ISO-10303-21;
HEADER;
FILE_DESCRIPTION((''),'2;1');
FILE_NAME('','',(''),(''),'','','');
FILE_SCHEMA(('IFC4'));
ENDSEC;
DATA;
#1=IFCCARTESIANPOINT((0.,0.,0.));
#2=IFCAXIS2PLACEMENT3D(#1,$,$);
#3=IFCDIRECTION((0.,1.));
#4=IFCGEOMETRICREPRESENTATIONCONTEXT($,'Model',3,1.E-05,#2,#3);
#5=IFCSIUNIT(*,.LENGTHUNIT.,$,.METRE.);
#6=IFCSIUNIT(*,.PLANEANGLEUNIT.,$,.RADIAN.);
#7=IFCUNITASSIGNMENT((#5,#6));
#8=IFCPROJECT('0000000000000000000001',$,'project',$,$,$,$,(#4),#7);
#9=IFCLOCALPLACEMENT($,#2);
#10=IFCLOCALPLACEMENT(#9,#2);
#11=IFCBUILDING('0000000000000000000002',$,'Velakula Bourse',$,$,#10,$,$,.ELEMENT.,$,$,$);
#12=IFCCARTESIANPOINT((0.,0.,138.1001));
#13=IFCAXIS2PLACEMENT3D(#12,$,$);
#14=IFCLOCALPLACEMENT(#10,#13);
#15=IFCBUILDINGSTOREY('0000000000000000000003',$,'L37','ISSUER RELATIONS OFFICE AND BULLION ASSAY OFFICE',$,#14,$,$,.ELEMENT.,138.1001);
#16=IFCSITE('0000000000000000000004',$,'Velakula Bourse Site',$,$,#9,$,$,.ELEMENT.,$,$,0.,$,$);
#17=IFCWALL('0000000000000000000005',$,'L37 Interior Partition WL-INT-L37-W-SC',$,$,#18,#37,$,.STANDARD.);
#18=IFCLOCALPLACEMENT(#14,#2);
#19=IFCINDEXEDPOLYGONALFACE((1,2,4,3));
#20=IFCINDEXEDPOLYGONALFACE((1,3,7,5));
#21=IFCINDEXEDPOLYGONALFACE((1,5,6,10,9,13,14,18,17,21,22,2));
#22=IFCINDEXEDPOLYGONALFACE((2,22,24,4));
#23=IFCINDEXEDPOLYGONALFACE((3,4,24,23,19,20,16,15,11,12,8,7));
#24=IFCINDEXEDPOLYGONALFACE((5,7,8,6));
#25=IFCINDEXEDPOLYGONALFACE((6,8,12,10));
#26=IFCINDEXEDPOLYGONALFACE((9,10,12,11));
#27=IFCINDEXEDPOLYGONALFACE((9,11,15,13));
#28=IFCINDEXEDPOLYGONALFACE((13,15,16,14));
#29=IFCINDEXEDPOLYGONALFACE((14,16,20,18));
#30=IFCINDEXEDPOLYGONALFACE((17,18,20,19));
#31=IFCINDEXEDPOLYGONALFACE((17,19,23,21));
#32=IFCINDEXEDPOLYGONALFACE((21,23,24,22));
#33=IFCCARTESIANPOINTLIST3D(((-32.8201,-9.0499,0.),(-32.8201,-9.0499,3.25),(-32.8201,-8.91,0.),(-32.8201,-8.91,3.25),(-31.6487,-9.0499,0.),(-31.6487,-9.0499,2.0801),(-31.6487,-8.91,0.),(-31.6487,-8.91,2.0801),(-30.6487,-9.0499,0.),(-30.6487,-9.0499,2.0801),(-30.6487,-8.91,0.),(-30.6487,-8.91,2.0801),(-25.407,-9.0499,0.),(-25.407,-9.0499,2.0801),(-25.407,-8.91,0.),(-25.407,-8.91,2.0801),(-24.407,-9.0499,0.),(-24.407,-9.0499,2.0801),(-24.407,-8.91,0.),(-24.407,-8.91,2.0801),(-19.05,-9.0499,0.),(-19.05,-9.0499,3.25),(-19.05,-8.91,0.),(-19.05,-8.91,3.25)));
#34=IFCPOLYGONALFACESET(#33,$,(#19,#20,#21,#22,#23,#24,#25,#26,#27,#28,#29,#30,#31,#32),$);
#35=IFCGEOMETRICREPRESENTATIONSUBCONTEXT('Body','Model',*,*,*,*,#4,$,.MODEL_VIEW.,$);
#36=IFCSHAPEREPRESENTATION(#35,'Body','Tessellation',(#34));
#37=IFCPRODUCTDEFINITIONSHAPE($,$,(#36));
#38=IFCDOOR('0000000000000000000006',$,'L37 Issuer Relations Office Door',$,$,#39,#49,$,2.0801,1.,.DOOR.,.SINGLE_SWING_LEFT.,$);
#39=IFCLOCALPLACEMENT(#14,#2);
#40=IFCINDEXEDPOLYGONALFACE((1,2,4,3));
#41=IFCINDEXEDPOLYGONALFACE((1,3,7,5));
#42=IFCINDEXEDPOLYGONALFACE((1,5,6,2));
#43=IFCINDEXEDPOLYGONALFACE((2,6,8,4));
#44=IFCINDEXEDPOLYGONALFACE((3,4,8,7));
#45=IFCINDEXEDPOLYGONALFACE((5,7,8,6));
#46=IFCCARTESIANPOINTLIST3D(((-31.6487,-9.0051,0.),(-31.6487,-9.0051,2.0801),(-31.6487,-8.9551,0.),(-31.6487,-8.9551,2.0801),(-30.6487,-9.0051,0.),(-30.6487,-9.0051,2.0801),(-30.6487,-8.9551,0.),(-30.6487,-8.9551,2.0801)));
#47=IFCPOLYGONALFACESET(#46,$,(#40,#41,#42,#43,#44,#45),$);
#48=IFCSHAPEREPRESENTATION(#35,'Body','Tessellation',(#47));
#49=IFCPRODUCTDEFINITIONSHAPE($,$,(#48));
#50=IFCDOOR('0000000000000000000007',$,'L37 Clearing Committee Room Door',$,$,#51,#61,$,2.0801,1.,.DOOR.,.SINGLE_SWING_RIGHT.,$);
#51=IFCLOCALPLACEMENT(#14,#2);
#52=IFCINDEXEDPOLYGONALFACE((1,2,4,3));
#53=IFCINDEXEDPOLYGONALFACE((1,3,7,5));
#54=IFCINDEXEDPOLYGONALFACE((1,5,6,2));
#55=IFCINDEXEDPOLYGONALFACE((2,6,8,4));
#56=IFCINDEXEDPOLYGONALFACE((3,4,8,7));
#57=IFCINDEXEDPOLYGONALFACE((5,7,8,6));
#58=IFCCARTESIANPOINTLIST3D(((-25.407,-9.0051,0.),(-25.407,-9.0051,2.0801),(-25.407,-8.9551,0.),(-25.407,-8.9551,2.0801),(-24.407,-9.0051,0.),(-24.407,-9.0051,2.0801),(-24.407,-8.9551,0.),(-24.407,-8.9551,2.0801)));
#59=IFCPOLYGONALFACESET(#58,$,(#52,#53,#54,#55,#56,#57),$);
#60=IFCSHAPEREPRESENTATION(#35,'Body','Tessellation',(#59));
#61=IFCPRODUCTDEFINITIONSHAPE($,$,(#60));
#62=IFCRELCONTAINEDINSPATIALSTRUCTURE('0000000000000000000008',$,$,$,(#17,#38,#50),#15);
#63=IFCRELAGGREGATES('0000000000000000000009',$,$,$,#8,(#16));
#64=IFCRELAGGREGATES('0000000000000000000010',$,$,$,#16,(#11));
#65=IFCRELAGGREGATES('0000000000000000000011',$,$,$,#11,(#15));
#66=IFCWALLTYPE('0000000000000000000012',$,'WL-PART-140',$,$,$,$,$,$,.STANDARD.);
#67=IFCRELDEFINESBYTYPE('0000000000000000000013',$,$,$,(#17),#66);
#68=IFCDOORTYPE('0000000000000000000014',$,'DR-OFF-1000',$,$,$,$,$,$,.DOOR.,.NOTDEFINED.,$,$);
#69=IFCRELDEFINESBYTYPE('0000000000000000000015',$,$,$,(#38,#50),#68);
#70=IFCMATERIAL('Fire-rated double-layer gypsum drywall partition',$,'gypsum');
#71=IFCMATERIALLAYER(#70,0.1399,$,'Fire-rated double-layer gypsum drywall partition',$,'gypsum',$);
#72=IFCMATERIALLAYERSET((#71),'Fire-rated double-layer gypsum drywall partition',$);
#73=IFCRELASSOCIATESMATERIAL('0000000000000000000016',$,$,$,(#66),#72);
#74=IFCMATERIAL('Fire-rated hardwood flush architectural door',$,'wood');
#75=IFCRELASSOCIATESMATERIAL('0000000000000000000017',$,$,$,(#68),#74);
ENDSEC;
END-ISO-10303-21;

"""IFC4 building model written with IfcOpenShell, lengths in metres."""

from ifc_helpers import new_model, si_unit, direction, frame, frame_2d, origin, place, context, subcontext, project, spatial, rectangle, extrude, material, layer, layer_set, type_object, element, fill, save


model = new_model("IFC4")

# Units and contexts
model_context = context("Model", 3, precision=1e-05, world=origin(), true_north=direction((0.0, 1.0)))
body_context = subcontext(model_context, "Body", "Model", "MODEL_VIEW")
ifc_project = project(units=[si_unit("LENGTHUNIT", "METRE"), si_unit("PLANEANGLEUNIT", "RADIAN")], contexts=[model_context])

# Site, building, storey
site_placement = place(None, origin())
site = spatial("IfcSite", under=ifc_project, at=site_placement, Name="Velakula Bourse Site", CompositionType="ELEMENT", RefElevation=0.0)
building_placement = place(site_placement, origin())
building = spatial("IfcBuilding", under=site, at=building_placement, Name="Velakula Bourse", CompositionType="ELEMENT")
storey_placement = place(building_placement, frame((0.0, 0.0, 138.1001)))
storey = spatial("IfcBuildingStorey", under=building, at=storey_placement, Name="L37", Description="ISSUER RELATIONS OFFICE AND BULLION ASSAY OFFICE", CompositionType="ELEMENT", Elevation=138.1001)

# Shared definitions
ifc_material_1 = material(Name="Fire-rated double-layer gypsum drywall partition", Category="gypsum")

# Wall, openings, doors
ifc_layer_1 = layer(ifc_material_1, 0.1399, Name="Fire-rated double-layer gypsum drywall partition", Category="gypsum")
ifc_layer_set_1 = layer_set([ifc_layer_1], Name="Fire-rated double-layer gypsum drywall partition")
wall_type_1 = type_object("IfcWallType", Name="WL-PART-140", PredefinedType="STANDARD", material=ifc_layer_set_1)
ifc_material_2 = material(Name="Fire-rated hardwood flush architectural door", Category="wood")
door_type_1 = type_object("IfcDoorType", Name="DR-OFF-1000", OperationType="NOTDEFINED", PredefinedType="DOOR", material=ifc_material_2)
wall_1_placement = place(storey_placement, frame((-32.8201, -8.98, 0.0), z_axis=(0.0, 0.0, 1.0), x_axis=(1.0, 0.0, 0.0)))
wall_1 = element("IfcWall", 1, at=wall_1_placement, inside=storey, type_object=wall_type_1, Name="L37 Interior Partition WL-INT-L37-W-SC", PredefinedType="STANDARD", context=body_context, shape_type="SweptSolid", body=[
    extrude(rectangle(XDim=13.77, YDim=0.1399, at=frame_2d((6.885, 0.0))), origin(), (0.0, 0.0, 1.0), 3.25),
])
opening_1_placement = place(wall_1_placement, frame((1.1714, 0.0, 0.0)))
opening_1 = element("IfcOpeningElement", 2, at=opening_1_placement, cuts=wall_1, PredefinedType="OPENING", context=body_context, shape_type="SweptSolid", body=[
    extrude(rectangle(XDim=1.0, YDim=2.0801, at=frame_2d((0.5, 1.04))), frame((0.0, 0.0798, 0.0), z_axis=(0.0, -1.0, 0.0), x_axis=(1.0, 0.0, 0.0)), (0.0, 0.0, 1.0), 0.1599),
])
opening_2_placement = place(wall_1_placement, frame((7.4131, 0.0, 0.0)))
opening_2 = element("IfcOpeningElement", 3, at=opening_2_placement, cuts=wall_1, PredefinedType="OPENING", context=body_context, shape_type="SweptSolid", body=[
    extrude(rectangle(XDim=1.0, YDim=2.0801, at=frame_2d((0.5, 1.04))), frame((0.0, 0.0798, 0.0), z_axis=(0.0, -1.0, 0.0), x_axis=(1.0, 0.0, 0.0)), (0.0, 0.0, 1.0), 0.1599),
])
door_1_placement = place(opening_1_placement, origin())
door_1 = element("IfcDoor", 4, at=door_1_placement, inside=storey, type_object=door_type_1, Name="L37 Issuer Relations Office Door", OperationType="SINGLE_SWING_LEFT", OverallHeight=2.0801, OverallWidth=1.0, PredefinedType="DOOR", context=body_context, shape_type="SweptSolid", body=[
    extrude(rectangle(XDim=1.0, YDim=2.0801, at=frame_2d((0.5, 1.04))), frame((0.0, 0.0249, 0.0), z_axis=(0.0, -1.0, 0.0), x_axis=(1.0, 0.0, 0.0)), (0.0, 0.0, 1.0), 0.05),
])
fill(opening_1, door_1)
door_2_placement = place(opening_2_placement, origin())
door_2 = element("IfcDoor", 5, at=door_2_placement, inside=storey, type_object=door_type_1, Name="L37 Clearing Committee Room Door", OperationType="SINGLE_SWING_RIGHT", OverallHeight=2.0801, OverallWidth=1.0, PredefinedType="DOOR", context=body_context, shape_type="SweptSolid", body=[
    extrude(rectangle(XDim=1.0, YDim=2.0801, at=frame_2d((0.5, 1.04))), frame((0.0, 0.0249, 0.0), z_axis=(0.0, -1.0, 0.0), x_axis=(1.0, 0.0, 0.0)), (0.0, 0.0, 1.0), 0.05),
])
fill(opening_2, door_2)

save(model, "model.ifc")
